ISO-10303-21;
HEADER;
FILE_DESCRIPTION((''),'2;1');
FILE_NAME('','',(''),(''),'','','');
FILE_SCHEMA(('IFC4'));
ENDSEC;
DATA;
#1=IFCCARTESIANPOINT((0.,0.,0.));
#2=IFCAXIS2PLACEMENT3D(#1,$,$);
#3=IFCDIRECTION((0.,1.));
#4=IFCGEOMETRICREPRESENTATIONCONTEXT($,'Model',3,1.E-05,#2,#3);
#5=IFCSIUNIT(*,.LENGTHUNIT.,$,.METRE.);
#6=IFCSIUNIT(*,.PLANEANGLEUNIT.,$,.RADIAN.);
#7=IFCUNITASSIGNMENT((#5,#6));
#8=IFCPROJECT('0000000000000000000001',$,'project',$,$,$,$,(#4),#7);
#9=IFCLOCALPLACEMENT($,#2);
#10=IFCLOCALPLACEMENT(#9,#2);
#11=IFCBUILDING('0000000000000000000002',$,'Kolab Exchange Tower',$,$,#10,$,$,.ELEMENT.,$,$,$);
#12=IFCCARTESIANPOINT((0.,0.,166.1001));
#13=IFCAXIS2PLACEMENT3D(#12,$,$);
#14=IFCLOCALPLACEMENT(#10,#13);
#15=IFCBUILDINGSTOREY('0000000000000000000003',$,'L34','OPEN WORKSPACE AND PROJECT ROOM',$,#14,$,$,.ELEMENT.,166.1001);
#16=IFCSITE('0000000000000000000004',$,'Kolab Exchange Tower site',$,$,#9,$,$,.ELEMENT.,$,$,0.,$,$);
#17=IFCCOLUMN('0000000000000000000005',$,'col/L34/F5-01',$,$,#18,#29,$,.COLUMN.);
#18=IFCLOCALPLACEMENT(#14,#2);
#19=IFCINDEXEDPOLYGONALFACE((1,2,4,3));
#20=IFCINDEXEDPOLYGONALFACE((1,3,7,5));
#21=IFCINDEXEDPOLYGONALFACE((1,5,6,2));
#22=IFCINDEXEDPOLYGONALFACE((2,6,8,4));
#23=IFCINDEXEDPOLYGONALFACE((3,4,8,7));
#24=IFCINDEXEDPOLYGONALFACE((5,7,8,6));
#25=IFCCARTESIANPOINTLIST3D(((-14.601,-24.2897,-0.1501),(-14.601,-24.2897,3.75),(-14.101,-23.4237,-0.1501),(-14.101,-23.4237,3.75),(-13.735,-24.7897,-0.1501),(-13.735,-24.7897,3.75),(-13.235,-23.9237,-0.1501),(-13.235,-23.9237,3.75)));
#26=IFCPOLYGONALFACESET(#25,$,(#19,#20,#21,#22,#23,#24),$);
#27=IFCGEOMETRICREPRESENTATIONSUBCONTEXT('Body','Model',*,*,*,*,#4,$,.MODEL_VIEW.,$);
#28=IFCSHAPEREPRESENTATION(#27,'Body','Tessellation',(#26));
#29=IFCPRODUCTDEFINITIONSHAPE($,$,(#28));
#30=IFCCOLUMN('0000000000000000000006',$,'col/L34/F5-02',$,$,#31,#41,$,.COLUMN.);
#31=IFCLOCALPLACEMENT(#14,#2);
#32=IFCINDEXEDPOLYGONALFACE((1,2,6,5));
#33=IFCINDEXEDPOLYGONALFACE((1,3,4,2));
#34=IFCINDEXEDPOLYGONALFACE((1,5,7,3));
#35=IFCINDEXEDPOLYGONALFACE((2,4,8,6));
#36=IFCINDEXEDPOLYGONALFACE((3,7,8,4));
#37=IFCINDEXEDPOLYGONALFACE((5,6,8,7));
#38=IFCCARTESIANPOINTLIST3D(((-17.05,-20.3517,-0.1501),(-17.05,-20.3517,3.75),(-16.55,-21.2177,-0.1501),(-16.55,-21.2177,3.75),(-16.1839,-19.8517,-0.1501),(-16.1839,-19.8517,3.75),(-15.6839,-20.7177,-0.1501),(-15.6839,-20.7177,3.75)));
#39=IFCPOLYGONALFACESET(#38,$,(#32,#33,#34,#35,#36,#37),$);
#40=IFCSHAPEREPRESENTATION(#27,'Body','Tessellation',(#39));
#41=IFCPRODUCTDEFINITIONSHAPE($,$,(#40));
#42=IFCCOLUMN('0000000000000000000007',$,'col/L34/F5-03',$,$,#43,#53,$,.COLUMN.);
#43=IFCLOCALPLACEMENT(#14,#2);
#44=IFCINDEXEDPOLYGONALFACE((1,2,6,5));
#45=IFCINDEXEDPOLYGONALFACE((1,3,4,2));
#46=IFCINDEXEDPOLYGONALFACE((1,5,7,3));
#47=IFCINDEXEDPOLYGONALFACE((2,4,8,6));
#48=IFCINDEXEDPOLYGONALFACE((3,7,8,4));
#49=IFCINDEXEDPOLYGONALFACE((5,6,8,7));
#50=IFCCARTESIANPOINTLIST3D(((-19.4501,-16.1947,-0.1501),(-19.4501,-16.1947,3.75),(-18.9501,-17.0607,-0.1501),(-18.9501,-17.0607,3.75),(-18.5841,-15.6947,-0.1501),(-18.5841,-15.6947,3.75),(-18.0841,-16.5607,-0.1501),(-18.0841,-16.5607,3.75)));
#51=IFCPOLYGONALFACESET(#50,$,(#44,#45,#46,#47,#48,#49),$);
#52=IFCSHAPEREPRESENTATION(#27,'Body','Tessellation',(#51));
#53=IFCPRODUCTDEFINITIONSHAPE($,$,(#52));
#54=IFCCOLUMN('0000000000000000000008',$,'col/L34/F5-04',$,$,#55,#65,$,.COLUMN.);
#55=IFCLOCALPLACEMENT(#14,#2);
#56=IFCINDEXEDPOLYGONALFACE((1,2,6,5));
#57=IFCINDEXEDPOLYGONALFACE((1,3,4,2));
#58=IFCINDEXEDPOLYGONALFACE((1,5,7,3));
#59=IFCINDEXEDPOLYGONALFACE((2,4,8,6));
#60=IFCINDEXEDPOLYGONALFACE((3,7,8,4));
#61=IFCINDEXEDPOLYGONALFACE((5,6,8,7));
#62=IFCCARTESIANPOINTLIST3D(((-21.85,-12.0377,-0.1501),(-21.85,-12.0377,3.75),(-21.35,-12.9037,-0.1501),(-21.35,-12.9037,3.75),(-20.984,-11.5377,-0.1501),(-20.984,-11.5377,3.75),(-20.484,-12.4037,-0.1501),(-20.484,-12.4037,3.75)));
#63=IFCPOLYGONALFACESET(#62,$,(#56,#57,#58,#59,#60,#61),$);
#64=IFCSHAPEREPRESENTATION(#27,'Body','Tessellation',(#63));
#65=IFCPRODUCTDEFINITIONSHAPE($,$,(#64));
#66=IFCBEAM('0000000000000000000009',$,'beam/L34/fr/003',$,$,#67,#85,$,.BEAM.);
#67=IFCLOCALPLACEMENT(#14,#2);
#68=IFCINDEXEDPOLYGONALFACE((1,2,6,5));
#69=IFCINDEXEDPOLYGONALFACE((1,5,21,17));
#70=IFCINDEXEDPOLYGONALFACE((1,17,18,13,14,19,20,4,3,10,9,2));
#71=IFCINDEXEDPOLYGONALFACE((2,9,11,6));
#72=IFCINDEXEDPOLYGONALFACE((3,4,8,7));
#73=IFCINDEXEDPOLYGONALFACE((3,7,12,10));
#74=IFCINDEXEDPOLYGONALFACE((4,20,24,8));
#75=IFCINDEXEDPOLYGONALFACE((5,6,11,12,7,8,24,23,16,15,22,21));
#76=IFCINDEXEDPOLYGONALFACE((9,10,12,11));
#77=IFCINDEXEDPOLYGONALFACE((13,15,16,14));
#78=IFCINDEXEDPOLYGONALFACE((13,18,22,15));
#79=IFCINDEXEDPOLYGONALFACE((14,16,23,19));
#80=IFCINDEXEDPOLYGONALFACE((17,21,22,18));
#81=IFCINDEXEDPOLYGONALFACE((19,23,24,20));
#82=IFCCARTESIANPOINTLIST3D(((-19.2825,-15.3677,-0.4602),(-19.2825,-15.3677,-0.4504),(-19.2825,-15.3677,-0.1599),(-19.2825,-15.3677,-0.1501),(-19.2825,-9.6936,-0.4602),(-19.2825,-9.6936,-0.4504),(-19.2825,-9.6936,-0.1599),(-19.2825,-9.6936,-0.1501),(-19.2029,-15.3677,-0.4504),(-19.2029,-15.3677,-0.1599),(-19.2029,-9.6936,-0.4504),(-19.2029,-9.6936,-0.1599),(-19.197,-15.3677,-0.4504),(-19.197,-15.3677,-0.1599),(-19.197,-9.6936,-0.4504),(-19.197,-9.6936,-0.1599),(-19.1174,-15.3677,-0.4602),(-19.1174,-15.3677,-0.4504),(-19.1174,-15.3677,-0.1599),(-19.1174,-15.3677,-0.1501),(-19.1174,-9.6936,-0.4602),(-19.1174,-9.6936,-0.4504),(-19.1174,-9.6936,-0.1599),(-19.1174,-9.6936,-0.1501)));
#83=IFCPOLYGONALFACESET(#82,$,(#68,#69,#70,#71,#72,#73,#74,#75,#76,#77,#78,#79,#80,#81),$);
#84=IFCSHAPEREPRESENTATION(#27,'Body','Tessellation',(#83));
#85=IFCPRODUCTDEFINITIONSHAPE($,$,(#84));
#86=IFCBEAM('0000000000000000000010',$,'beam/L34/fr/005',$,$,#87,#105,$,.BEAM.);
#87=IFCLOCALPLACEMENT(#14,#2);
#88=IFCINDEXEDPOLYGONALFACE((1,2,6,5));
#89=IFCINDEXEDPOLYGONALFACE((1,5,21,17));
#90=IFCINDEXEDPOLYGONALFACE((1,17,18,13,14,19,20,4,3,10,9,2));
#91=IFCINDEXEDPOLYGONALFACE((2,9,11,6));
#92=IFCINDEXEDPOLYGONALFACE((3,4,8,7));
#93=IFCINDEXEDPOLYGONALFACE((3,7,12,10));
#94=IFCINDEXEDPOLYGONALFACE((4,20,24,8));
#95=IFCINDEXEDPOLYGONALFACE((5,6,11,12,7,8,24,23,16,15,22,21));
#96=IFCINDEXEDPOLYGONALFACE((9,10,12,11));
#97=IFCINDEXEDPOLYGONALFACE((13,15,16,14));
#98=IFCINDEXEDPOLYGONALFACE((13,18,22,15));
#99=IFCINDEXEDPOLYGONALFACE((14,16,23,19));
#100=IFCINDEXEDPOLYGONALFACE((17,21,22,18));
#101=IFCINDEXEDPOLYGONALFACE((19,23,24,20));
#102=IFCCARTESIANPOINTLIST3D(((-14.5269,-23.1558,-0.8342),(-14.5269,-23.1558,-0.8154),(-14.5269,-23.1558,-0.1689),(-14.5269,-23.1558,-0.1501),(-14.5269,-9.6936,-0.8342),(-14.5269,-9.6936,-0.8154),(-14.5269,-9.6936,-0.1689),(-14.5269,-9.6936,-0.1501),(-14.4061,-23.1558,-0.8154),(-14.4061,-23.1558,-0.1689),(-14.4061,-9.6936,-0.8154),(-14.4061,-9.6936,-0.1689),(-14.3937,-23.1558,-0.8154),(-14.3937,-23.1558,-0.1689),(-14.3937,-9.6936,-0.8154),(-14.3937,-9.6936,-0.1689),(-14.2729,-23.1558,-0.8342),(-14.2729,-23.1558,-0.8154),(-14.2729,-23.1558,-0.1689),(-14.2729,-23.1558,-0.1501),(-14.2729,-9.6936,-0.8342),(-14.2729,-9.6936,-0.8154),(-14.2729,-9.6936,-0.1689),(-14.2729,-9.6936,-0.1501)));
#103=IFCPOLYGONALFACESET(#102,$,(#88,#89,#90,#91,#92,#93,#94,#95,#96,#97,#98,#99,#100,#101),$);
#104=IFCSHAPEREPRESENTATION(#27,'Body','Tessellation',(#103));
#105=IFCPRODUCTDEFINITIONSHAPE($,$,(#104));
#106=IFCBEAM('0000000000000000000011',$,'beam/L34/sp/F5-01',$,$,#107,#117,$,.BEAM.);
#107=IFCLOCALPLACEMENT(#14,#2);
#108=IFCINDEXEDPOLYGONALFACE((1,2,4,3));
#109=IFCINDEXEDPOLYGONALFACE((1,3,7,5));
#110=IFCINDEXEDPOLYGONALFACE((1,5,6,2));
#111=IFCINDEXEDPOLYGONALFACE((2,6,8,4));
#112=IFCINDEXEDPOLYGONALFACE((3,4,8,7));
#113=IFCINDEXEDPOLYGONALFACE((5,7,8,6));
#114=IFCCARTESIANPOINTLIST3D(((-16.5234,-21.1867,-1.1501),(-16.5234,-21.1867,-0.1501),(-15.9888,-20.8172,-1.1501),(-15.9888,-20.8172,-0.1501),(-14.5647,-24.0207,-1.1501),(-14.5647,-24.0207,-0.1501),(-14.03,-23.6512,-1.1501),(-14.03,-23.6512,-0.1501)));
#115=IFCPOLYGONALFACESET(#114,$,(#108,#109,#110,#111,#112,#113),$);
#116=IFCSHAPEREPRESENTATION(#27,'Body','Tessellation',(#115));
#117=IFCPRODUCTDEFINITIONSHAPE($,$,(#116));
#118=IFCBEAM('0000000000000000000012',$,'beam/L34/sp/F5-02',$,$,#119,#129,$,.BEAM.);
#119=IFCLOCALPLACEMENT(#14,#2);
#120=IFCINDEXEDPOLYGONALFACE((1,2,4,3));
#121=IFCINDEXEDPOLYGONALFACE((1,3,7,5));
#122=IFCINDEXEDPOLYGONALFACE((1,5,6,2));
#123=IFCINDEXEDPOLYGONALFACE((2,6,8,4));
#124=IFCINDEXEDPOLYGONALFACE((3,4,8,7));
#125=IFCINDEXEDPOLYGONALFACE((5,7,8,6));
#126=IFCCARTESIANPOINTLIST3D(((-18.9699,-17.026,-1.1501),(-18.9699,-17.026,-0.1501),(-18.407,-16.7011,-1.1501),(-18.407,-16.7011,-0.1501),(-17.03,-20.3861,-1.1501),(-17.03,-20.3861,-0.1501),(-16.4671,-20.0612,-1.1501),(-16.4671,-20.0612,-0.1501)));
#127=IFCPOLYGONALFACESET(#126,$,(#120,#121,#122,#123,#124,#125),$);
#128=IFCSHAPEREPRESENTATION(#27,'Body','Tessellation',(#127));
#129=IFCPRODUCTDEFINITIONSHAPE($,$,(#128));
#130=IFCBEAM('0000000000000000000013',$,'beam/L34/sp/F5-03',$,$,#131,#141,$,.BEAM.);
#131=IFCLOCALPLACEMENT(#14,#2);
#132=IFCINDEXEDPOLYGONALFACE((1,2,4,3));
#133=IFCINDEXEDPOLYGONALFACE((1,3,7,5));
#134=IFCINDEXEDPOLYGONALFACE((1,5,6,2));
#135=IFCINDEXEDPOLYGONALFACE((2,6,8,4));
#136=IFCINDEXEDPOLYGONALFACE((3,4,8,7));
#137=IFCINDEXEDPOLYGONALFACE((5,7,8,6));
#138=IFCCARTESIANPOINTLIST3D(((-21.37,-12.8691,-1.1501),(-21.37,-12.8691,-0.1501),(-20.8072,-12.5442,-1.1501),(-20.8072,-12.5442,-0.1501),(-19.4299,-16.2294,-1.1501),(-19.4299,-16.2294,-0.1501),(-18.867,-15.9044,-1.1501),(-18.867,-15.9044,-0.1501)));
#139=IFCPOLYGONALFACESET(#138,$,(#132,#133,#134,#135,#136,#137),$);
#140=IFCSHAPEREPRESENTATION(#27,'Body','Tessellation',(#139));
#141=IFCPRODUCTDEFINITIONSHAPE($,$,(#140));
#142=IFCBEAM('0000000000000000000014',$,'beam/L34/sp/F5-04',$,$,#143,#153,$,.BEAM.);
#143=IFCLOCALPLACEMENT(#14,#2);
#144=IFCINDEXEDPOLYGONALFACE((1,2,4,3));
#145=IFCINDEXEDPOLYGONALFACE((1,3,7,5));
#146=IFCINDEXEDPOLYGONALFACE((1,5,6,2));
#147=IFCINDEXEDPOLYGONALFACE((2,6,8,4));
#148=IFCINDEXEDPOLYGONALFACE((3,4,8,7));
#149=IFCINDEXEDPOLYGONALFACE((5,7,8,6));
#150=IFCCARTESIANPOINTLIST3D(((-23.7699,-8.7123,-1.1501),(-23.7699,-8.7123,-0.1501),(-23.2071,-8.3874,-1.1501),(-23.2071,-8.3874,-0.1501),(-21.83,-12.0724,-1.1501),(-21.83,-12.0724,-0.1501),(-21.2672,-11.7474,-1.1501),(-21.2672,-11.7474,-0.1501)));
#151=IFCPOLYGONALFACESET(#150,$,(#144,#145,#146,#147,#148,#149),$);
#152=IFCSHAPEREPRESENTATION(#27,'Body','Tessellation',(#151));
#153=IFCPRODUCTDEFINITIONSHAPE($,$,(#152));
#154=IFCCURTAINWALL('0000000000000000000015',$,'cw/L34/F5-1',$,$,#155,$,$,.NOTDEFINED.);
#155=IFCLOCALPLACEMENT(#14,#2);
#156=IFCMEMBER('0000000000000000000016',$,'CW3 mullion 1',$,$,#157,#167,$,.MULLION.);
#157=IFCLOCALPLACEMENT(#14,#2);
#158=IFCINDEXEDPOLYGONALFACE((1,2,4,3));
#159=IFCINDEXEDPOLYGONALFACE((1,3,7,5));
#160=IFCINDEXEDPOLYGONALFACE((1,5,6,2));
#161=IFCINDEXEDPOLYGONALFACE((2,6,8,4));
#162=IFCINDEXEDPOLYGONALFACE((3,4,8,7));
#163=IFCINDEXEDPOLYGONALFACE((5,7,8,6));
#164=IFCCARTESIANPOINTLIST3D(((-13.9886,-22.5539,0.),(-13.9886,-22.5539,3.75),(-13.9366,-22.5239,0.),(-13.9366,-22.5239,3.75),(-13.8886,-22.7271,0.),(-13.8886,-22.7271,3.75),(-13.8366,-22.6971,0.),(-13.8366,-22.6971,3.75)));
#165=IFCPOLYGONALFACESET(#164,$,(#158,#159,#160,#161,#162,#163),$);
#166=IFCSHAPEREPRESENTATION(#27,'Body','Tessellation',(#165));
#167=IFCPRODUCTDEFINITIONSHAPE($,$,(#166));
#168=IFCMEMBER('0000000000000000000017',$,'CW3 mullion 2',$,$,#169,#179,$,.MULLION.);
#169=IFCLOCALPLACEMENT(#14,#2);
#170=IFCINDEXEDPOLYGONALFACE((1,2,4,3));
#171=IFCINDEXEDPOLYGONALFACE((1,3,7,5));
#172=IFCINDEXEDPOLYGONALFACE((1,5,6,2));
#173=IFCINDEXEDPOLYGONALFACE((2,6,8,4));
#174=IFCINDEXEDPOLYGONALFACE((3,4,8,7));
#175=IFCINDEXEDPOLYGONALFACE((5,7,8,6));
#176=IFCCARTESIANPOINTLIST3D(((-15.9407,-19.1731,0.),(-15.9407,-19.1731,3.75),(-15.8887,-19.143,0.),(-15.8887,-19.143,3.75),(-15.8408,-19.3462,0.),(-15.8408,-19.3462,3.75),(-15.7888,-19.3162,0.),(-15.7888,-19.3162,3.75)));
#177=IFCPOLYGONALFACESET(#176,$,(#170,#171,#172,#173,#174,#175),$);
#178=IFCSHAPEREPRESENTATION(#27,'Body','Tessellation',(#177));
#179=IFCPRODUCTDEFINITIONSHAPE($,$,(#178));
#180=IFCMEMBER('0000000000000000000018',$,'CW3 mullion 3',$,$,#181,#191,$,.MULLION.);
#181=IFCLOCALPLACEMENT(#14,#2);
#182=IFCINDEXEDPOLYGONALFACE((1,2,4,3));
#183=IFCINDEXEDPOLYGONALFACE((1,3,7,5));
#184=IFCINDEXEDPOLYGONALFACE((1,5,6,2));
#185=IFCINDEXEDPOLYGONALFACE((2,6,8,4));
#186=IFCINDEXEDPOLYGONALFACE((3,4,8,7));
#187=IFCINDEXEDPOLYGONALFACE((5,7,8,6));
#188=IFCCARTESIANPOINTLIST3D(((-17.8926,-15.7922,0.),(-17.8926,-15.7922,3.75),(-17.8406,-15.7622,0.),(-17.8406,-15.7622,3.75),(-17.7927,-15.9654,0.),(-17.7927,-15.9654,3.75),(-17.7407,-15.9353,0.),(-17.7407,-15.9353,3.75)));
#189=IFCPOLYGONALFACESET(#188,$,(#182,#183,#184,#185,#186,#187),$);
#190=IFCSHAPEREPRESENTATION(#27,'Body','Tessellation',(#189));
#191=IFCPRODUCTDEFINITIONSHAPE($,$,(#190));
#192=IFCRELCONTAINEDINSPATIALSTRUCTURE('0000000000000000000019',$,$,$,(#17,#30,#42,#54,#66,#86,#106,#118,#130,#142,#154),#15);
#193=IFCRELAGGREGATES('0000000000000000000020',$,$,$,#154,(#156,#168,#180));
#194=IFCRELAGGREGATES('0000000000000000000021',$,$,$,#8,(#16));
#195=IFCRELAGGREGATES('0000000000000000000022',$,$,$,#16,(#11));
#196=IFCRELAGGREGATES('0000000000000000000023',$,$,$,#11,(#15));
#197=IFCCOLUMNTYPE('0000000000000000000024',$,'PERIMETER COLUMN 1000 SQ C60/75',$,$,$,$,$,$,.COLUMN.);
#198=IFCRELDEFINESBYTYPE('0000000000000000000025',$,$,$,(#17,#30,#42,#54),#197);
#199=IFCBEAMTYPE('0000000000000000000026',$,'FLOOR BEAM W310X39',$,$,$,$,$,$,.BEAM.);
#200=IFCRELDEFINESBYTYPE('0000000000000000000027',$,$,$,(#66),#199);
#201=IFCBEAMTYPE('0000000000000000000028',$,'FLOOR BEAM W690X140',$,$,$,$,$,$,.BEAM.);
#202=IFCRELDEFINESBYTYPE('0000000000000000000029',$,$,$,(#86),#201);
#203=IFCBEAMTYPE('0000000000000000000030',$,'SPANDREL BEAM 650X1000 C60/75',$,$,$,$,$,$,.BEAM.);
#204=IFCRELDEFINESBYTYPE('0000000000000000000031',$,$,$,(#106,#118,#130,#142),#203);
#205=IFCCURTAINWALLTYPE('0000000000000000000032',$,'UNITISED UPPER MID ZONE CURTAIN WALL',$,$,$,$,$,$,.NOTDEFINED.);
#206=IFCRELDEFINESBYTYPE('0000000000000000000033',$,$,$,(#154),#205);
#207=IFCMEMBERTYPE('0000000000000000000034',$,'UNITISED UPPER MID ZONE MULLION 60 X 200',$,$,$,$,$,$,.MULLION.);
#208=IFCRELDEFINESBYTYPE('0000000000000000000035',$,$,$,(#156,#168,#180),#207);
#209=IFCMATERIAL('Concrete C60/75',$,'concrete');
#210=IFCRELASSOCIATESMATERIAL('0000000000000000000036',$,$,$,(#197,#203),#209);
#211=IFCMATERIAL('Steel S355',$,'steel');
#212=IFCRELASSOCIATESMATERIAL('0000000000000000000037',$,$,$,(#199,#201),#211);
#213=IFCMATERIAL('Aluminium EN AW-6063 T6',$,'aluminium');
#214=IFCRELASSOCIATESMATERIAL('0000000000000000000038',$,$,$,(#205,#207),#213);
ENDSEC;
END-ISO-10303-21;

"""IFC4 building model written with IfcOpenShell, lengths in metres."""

from ifc_helpers import new_model, si_unit, direction, frame, origin, origin_2d, place, context, subcontext, project, spatial, rectangle, i_section, extrude, material, material_profile, profile_set, type_object, element, aggregate, save


model = new_model("IFC4")

# Units and contexts
model_context = context("Model", 3, precision=1e-05, world=origin(), true_north=direction((0.0, 1.0)))
body_context = subcontext(model_context, "Body", "Model", "MODEL_VIEW")
ifc_project = project(units=[si_unit("LENGTHUNIT", "METRE"), si_unit("PLANEANGLEUNIT", "RADIAN")], contexts=[model_context])

# Site, building, storey
site_placement = place(None, origin())
site = spatial("IfcSite", under=ifc_project, at=site_placement, Name="Kolab Exchange Tower site", CompositionType="ELEMENT", RefElevation=0.0)
building_placement = place(site_placement, origin())
building = spatial("IfcBuilding", under=site, at=building_placement, Name="Kolab Exchange Tower", CompositionType="ELEMENT")
storey_placement = place(building_placement, frame((0.0, 0.0, 166.1001)))
storey = spatial("IfcBuildingStorey", under=building, at=storey_placement, Name="L34", Description="OPEN WORKSPACE AND PROJECT ROOM", CompositionType="ELEMENT", Elevation=166.1001)

# Columns
ifc_material_1 = material(Name="Concrete C60/75", Category="concrete")
ifc_material_profile_1 = material_profile(ifc_material_1, rectangle(XDim=1.0, YDim=1.0, at=origin_2d()), Name="RC1000")
ifc_profile_set_1 = profile_set([ifc_material_profile_1], Name="Concrete C60/75")
column_type = type_object("IfcColumnType", Name="PERIMETER COLUMN 1000 SQ C60/75", PredefinedType="COLUMN", material=ifc_profile_set_1)
for number, where, z_axis, x_axis, name in (
    (1, (-13.918, -24.1067, -0.1501), (0.0, 0.0, 1.0), (0.5, 0.866025, 0.0), "col/L34/F5-01"),
    (2, (-16.3669, -20.5347, -0.1501), (0.0, 0.0, 1.0), (0.866025, 0.5, 0.0), "col/L34/F5-02"),
    (3, (-18.7671, -16.3777, -0.1501), (0.0, 0.0, 1.0), (0.866025, 0.5, 0.0), "col/L34/F5-03"),
    (4, (-21.167, -12.2207, -0.1501), (0.0, 0.0, 1.0), (0.866025, 0.5, 0.0), "col/L34/F5-04"),
):
    element("IfcColumn", number, at=place(storey_placement, frame(where, z_axis=z_axis, x_axis=x_axis)), inside=storey, type_object=column_type, Name=name, PredefinedType="COLUMN", context=body_context, shape_type="SweptSolid", body=[
        extrude(rectangle(XDim=1.0, YDim=1.0, at=origin_2d()), origin(), (0.0, 0.0, 1.0), 3.9001),
    ])

# Beams
ifc_material_2 = material(Name="Steel S355", Category="steel")
ifc_material_profile_2 = material_profile(ifc_material_2, i_section(OverallWidth=0.165, OverallDepth=0.3101, WebThickness=0.0059, FlangeThickness=0.0098, at=origin_2d()), Name="W310X39")
ifc_profile_set_2 = profile_set([ifc_material_profile_2], Name="Steel S355")
beam_type_1 = type_object("IfcBeamType", Name="FLOOR BEAM W310X39", PredefinedType="BEAM", material=ifc_profile_set_2)
beam_1_placement = place(storey_placement, frame((-19.2, -15.3677, -0.3052), z_axis=(0.0, 1.0, 0.0), x_axis=(-1.0, 0.0, 0.0)))
element("IfcBeam", 5, at=beam_1_placement, inside=storey, type_object=beam_type_1, Name="beam/L34/fr/003", PredefinedType="BEAM", context=body_context, shape_type="SweptSolid", body=[
    extrude(i_section(OverallWidth=0.165, OverallDepth=0.3101, WebThickness=0.0059, FlangeThickness=0.0098, at=origin_2d()), origin(), (0.0, 0.0, 1.0), 5.6741),
])
ifc_material_profile_3 = material_profile(ifc_material_2, i_section(OverallWidth=0.2539, OverallDepth=0.6841, WebThickness=0.0125, FlangeThickness=0.0188, at=origin_2d()), Name="W690X140")
ifc_profile_set_3 = profile_set([ifc_material_profile_3], Name="Steel S355")
beam_type_2 = type_object("IfcBeamType", Name="FLOOR BEAM W690X140", PredefinedType="BEAM", material=ifc_profile_set_3)
beam_2_placement = place(storey_placement, frame((-14.3999, -23.1558, -0.4922), z_axis=(0.0, 1.0, 0.0), x_axis=(-1.0, 0.0, 0.0)))
element("IfcBeam", 6, at=beam_2_placement, inside=storey, type_object=beam_type_2, Name="beam/L34/fr/005", PredefinedType="BEAM", context=body_context, shape_type="SweptSolid", body=[
    extrude(i_section(OverallWidth=0.2539, OverallDepth=0.6841, WebThickness=0.0125, FlangeThickness=0.0188, at=origin_2d()), origin(), (0.0, 0.0, 1.0), 13.4622),
])
ifc_material_profile_4 = material_profile(ifc_material_1, rectangle(XDim=0.6499, YDim=1.0, at=origin_2d()), Name="RC650X1000")
ifc_profile_set_4 = profile_set([ifc_material_profile_4], Name="Concrete C60/75")
beam_type_3 = type_object("IfcBeamType", Name="SPANDREL BEAM 650X1000 C60/75", PredefinedType="BEAM", material=ifc_profile_set_4)
beam_3_placement = place(storey_placement, frame((-14.2974, -23.8359, -0.6501), z_axis=(-0.568572, 0.822633, 0.0), x_axis=(-0.822633, -0.568572, 0.0)))
element("IfcBeam", 7, at=beam_3_placement, inside=storey, type_object=beam_type_3, Name="beam/L34/sp/F5-01", PredefinedType="BEAM", context=body_context, shape_type="SweptSolid", body=[
    extrude(rectangle(XDim=0.6499, YDim=1.0, at=origin_2d()), origin(), (0.0, 0.0, 1.0), 3.4451),
])
beam_4_placement = place(storey_placement, frame((-16.7485, -20.2236, -0.6501), z_axis=(-0.499997, 0.866027, 0.0), x_axis=(-0.866027, -0.499997, 0.0)))
element("IfcBeam", 8, at=beam_4_placement, inside=storey, type_object=beam_type_3, Name="beam/L34/sp/F5-02", PredefinedType="BEAM", context=body_context, shape_type="SweptSolid", body=[
    extrude(rectangle(XDim=0.6499, YDim=1.0, at=origin_2d()), origin(), (0.0, 0.0, 1.0), 3.8799),
])
beam_5_placement = place(storey_placement, frame((-19.1484, -16.0669, -0.6501), z_axis=(-0.500017, 0.866016, 0.0), x_axis=(-0.866016, -0.500017, 0.0)))
element("IfcBeam", 9, at=beam_5_placement, inside=storey, type_object=beam_type_3, Name="beam/L34/sp/F5-03", PredefinedType="BEAM", context=body_context, shape_type="SweptSolid", body=[
    extrude(rectangle(XDim=0.6499, YDim=1.0, at=origin_2d()), origin(), (0.0, 0.0, 1.0), 3.8801),
])
beam_6_placement = place(storey_placement, frame((-21.5486, -11.9099, -0.6501), z_axis=(-0.499997, 0.866027, 0.0), x_axis=(-0.866027, -0.499997, 0.0)))
element("IfcBeam", 10, at=beam_6_placement, inside=storey, type_object=beam_type_3, Name="beam/L34/sp/F5-04", PredefinedType="BEAM", context=body_context, shape_type="SweptSolid", body=[
    extrude(rectangle(XDim=0.6499, YDim=1.0, at=origin_2d()), origin(), (0.0, 0.0, 1.0), 3.8799),
])

# Curtain wall, members
ifc_material_3 = material(Name="Aluminium EN AW-6063 T6", Category="aluminium")
curtain_wall_type = type_object("IfcCurtainWallType", Name="UNITISED UPPER MID ZONE CURTAIN WALL", PredefinedType="NOTDEFINED", material=ifc_material_3)
curtain_wall_1_placement = place(storey_placement, origin())
curtain_wall_1 = element("IfcCurtainWall", 11, at=curtain_wall_1_placement, inside=storey, type_object=curtain_wall_type, Name="cw/L34/F5-1", PredefinedType="NOTDEFINED")
ifc_material_profile_5 = material_profile(ifc_material_3, rectangle(XDim=0.0601, YDim=0.2, at=origin_2d()), Name="RECT 60X200")
ifc_profile_set_5 = profile_set([ifc_material_profile_5], Name="Aluminium EN AW-6063 T6")
member_type_1 = type_object("IfcMemberType", Name="UNITISED UPPER MID ZONE MULLION 60 X 200", PredefinedType="MULLION", material=ifc_profile_set_5)
member_1_placement = place(storey_placement, frame((-13.9126, -22.6255, 0.0), z_axis=(0.0, 0.0, 1.0), x_axis=(-0.866025, -0.5, 0.0)))
member_1 = element("IfcMember", 12, at=member_1_placement, type_object=member_type_1, Name="CW3 mullion 1", PredefinedType="MULLION", context=body_context, shape_type="SweptSolid", body=[
    extrude(rectangle(XDim=0.0601, YDim=0.2, at=origin_2d()), origin(), (0.0, 0.0, 1.0), 3.75),
])
member_2_placement = place(storey_placement, frame((-15.8647, -19.2446, 0.0), z_axis=(0.0, 0.0, 1.0), x_axis=(-0.866025, -0.5, 0.0)))
member_2 = element("IfcMember", 13, at=member_2_placement, type_object=member_type_1, Name="CW3 mullion 2", PredefinedType="MULLION", context=body_context, shape_type="SweptSolid", body=[
    extrude(rectangle(XDim=0.0601, YDim=0.2, at=origin_2d()), origin(), (0.0, 0.0, 1.0), 3.75),
])
member_3_placement = place(storey_placement, frame((-17.8167, -15.8638, 0.0), z_axis=(0.0, 0.0, 1.0), x_axis=(-0.866025, -0.5, 0.0)))
member_3 = element("IfcMember", 14, at=member_3_placement, type_object=member_type_1, Name="CW3 mullion 3", PredefinedType="MULLION", context=body_context, shape_type="SweptSolid", body=[
    extrude(rectangle(XDim=0.0601, YDim=0.2, at=origin_2d()), origin(), (0.0, 0.0, 1.0), 3.75),
])

aggregate(curtain_wall_1, [member_1, member_2, member_3])

save(model, "model.ifc")
